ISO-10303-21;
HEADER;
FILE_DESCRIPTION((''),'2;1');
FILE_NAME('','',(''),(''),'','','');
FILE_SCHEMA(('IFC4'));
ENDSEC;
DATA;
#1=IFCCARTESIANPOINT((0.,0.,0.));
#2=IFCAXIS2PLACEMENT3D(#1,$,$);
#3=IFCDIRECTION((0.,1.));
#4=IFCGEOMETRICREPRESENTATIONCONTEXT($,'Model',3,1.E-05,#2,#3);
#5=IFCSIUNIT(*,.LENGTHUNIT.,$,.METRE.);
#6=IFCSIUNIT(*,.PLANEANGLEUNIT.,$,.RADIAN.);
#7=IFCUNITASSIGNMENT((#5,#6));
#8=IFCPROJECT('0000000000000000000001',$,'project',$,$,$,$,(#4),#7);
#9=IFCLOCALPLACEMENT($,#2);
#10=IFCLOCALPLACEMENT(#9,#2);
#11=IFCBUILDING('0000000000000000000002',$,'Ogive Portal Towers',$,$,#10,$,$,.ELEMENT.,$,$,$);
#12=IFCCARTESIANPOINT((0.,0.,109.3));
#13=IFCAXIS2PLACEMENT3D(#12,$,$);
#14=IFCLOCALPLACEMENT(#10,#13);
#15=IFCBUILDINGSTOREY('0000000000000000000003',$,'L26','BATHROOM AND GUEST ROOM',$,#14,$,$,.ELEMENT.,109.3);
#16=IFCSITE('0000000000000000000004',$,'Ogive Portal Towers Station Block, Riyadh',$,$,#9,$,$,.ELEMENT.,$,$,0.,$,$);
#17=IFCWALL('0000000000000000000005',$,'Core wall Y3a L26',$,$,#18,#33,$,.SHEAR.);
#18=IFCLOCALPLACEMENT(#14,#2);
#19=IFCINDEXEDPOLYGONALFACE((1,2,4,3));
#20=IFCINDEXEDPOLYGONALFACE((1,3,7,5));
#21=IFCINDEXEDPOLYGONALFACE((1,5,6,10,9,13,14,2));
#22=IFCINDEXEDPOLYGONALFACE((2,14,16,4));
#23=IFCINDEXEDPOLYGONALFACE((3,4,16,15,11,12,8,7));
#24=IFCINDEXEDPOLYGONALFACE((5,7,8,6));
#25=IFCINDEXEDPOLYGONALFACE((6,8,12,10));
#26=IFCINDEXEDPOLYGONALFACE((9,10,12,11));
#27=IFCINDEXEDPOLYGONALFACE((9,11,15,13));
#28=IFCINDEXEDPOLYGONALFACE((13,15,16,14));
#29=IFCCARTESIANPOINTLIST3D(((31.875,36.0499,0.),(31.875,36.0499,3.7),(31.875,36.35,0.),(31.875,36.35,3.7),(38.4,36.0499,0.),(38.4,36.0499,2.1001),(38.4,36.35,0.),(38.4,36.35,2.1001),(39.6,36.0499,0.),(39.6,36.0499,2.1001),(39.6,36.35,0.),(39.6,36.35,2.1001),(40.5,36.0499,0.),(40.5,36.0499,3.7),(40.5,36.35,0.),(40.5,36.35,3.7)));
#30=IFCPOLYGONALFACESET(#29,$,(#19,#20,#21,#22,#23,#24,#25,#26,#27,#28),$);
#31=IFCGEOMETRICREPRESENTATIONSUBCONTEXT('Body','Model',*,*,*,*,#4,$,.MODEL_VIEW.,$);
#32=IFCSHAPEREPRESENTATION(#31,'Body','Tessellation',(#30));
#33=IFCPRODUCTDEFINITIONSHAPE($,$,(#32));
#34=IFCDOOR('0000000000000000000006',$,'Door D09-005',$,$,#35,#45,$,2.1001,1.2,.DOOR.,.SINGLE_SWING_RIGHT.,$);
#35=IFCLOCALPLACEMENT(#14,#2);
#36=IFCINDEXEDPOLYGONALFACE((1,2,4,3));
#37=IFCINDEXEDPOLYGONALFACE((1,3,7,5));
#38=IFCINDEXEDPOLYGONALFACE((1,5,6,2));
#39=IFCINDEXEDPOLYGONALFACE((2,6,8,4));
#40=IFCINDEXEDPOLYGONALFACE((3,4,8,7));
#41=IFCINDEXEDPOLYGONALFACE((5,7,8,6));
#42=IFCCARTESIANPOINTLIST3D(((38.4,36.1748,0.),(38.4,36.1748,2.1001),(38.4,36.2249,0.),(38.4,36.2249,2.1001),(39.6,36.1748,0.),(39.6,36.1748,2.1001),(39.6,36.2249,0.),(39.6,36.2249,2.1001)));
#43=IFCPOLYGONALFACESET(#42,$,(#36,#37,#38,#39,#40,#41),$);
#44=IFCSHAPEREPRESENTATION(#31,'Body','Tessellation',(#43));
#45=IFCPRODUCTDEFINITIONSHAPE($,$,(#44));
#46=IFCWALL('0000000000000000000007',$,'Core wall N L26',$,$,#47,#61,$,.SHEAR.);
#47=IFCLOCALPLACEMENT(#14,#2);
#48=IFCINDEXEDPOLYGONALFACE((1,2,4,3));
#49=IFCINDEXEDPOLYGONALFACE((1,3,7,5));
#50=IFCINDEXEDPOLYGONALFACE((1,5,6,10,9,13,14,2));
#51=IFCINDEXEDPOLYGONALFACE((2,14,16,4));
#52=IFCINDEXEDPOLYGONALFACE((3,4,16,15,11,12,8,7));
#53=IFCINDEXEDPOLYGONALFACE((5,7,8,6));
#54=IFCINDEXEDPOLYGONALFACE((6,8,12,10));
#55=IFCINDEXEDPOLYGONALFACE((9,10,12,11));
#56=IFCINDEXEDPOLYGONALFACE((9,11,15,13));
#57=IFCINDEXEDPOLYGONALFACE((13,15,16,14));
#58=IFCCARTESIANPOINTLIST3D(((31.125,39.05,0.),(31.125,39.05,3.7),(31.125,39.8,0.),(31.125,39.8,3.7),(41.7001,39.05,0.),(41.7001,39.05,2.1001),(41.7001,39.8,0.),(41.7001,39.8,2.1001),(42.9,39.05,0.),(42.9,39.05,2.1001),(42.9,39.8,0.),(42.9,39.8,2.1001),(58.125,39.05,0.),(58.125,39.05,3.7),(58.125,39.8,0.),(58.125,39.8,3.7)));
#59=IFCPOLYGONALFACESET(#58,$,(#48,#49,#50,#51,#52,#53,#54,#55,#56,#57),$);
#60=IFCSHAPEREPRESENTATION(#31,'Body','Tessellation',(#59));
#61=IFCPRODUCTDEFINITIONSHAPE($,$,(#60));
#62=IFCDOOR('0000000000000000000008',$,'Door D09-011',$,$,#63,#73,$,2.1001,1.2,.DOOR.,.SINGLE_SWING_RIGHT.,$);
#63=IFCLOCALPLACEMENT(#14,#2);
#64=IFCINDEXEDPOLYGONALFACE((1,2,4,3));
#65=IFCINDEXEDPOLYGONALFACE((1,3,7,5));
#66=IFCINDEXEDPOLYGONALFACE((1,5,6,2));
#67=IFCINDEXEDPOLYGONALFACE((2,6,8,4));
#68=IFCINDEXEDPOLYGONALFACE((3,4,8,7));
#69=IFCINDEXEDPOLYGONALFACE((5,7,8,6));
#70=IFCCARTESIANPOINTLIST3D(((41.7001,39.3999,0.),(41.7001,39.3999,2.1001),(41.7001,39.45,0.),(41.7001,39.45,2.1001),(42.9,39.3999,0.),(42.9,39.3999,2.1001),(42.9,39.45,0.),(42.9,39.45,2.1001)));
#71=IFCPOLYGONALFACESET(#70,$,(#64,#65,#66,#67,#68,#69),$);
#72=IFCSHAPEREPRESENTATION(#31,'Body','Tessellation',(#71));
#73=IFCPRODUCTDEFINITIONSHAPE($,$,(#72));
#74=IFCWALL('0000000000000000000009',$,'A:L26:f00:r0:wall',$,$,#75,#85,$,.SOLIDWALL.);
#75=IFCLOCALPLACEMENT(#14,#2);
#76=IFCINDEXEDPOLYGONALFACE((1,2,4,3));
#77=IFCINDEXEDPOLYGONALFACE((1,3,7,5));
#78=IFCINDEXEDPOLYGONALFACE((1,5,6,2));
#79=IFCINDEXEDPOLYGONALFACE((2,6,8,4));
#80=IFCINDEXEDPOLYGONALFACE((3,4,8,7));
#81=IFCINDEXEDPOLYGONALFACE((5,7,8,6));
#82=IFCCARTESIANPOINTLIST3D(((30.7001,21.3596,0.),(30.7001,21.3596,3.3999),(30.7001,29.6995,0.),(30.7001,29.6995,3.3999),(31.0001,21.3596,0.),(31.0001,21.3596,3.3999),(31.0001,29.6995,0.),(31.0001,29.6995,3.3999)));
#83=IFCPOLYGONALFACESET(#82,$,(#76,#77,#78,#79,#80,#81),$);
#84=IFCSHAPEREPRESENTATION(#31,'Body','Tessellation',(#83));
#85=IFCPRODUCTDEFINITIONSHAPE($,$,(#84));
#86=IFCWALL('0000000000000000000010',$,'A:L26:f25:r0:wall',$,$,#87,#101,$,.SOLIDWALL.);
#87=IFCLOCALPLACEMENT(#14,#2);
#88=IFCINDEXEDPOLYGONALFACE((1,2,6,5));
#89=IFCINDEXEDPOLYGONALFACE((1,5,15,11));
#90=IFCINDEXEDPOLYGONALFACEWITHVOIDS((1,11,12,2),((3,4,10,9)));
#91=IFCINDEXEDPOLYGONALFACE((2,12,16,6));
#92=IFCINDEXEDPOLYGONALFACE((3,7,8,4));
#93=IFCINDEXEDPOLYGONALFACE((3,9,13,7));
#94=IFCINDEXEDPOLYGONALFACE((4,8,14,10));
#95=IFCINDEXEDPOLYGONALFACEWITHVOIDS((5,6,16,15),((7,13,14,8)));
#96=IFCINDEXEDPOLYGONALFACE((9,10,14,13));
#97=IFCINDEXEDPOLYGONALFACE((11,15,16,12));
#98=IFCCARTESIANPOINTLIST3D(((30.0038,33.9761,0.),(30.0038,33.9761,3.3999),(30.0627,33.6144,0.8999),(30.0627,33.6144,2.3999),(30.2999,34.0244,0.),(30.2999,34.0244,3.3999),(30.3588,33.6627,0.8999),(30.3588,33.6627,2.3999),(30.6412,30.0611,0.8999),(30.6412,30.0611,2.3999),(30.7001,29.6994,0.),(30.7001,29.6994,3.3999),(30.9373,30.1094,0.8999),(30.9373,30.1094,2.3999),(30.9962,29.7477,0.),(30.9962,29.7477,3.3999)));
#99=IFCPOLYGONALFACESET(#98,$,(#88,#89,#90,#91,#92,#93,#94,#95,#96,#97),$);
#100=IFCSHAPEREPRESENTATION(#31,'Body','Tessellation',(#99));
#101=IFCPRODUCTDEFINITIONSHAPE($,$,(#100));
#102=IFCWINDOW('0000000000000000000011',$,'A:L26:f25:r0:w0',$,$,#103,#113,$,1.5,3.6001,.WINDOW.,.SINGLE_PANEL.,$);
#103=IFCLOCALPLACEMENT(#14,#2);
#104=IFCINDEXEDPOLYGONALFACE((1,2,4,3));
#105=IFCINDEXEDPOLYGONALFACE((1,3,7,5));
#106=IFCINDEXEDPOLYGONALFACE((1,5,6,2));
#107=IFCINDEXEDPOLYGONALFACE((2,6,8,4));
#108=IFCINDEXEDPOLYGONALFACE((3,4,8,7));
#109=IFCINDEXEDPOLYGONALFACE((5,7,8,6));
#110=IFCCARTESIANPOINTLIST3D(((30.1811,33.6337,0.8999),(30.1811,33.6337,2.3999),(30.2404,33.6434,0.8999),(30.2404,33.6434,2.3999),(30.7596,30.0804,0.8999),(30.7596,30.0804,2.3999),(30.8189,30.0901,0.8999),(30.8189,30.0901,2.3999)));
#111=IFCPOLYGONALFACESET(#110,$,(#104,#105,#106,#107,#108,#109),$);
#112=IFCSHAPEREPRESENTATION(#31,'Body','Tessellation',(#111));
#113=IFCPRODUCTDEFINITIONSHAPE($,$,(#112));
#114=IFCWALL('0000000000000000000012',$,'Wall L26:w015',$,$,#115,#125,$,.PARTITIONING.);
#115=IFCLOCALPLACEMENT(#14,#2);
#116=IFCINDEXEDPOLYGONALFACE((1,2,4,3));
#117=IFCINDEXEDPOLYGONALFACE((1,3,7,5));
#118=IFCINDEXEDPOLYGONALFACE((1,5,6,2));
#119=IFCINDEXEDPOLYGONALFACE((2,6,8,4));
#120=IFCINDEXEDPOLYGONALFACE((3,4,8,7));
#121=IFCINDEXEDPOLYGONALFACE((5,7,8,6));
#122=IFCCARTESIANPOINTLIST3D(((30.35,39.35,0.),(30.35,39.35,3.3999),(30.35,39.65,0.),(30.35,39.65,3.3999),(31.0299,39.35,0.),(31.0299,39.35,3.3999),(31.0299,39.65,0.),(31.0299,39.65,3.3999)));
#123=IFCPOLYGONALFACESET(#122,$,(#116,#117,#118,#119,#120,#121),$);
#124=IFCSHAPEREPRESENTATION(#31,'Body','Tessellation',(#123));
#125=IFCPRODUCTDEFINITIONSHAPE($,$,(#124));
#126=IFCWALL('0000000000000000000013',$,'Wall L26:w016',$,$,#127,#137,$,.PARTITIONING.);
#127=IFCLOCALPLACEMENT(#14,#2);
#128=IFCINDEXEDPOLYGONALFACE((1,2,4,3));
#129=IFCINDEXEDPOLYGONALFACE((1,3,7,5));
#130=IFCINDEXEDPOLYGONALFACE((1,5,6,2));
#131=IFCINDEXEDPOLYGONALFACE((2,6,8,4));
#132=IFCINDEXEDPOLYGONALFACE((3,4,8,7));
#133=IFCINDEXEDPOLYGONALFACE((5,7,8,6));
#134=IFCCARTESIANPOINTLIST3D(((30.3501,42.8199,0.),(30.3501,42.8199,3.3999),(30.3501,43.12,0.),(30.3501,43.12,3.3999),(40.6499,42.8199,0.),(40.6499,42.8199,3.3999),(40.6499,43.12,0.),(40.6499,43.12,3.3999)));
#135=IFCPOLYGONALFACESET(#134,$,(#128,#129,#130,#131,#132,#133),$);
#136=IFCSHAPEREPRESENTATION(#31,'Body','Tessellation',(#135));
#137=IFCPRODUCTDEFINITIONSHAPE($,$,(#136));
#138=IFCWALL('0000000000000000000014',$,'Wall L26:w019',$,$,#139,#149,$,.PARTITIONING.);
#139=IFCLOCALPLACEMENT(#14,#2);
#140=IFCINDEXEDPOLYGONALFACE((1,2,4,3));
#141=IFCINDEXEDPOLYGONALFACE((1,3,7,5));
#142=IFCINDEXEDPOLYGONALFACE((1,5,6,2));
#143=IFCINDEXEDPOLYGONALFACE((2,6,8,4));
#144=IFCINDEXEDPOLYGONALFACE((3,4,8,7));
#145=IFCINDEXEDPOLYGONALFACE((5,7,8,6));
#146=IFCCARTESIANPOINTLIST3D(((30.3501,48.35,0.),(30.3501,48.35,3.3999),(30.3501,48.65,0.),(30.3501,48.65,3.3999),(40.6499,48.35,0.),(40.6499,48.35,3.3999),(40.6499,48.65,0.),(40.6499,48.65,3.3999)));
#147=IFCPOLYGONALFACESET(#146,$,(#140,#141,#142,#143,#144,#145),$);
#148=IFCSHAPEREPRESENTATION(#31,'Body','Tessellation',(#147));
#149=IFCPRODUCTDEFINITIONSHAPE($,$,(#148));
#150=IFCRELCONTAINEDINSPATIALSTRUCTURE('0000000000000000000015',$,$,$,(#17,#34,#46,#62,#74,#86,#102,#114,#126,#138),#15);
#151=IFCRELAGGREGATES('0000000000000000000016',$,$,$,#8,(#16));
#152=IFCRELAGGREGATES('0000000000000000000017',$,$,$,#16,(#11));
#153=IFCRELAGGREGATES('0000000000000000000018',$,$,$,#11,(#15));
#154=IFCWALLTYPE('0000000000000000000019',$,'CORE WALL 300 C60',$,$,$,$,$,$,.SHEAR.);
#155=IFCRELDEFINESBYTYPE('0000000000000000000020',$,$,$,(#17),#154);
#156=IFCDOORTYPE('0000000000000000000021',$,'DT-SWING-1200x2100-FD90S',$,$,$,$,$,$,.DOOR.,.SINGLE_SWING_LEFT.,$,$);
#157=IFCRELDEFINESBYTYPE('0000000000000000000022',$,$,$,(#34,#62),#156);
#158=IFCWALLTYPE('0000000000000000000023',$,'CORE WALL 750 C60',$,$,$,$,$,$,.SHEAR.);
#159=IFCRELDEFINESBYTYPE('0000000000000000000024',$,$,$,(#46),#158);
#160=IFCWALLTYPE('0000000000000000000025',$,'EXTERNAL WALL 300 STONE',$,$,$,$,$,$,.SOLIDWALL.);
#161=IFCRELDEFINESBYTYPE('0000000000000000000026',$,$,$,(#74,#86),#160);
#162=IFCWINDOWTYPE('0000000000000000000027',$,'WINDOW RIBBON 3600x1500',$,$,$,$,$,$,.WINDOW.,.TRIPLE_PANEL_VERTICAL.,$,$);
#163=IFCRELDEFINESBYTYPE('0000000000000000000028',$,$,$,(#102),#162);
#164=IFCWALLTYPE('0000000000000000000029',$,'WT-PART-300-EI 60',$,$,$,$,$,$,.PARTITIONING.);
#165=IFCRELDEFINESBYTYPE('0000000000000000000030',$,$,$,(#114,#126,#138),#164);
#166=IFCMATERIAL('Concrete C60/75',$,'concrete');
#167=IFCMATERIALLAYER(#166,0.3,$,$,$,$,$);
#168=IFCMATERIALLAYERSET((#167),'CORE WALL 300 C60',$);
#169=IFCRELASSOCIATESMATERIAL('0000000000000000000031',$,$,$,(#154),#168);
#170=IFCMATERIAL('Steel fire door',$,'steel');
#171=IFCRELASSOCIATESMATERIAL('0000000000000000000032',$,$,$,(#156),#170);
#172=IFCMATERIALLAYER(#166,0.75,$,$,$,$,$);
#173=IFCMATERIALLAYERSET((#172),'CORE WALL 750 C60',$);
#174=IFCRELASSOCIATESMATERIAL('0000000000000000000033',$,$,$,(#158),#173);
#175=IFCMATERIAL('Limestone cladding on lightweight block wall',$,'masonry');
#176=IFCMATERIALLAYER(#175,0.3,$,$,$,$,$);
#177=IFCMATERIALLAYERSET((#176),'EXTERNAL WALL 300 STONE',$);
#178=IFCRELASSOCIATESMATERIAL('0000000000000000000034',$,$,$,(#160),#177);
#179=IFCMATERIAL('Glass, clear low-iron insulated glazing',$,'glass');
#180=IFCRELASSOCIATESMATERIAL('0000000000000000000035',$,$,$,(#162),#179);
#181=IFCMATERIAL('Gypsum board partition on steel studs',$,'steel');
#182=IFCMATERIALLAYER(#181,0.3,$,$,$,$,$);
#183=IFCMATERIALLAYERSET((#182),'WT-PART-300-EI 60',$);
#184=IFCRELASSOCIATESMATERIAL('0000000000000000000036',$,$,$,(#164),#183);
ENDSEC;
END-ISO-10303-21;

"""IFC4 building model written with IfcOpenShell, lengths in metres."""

from ifc_helpers import new_model, si_unit, direction, frame, frame_2d, origin, place, context, subcontext, project, spatial, rectangle, extrude, material, layer, layer_set, type_object, element, fill, save


model = new_model("IFC4")

# Units and contexts
model_context = context("Model", 3, precision=1e-05, world=origin(), true_north=direction((0.0, 1.0)))
body_context = subcontext(model_context, "Body", "Model", "MODEL_VIEW")
ifc_project = project(units=[si_unit("LENGTHUNIT", "METRE"), si_unit("PLANEANGLEUNIT", "RADIAN")], contexts=[model_context])

# Site, building, storey
site_placement = place(None, origin())
site = spatial("IfcSite", under=ifc_project, at=site_placement, Name="Ogive Portal Towers Station Block, Riyadh", CompositionType="ELEMENT", RefElevation=0.0)
building_placement = place(site_placement, origin())
building = spatial("IfcBuilding", under=site, at=building_placement, Name="Ogive Portal Towers", CompositionType="ELEMENT")
storey_placement = place(building_placement, frame((0.0, 0.0, 109.3)))
storey = spatial("IfcBuildingStorey", under=building, at=storey_placement, Name="L26", Description="BATHROOM AND GUEST ROOM", CompositionType="ELEMENT", Elevation=109.3)

# Shared definitions
ifc_material_1 = material(Name="Concrete C60/75", Category="concrete")

# Shared definitions
ifc_layer_1 = layer(ifc_material_1, 0.3)
ifc_layer_set_1 = layer_set([ifc_layer_1], Name="CORE WALL 300 C60")
wall_type_1 = type_object("IfcWallType", Name="CORE WALL 300 C60", PredefinedType="SHEAR", material=ifc_layer_set_1)
ifc_material_2 = material(Name="Steel fire door", Category="steel")
door_type_1 = type_object("IfcDoorType", Name="DT-SWING-1200x2100-FD90S", OperationType="SINGLE_SWING_LEFT", PredefinedType="DOOR", material=ifc_material_2)

# Walls, openings, doors
wall_1_placement = place(storey_placement, frame((31.875, 36.2, 0.0), z_axis=(0.0, 0.0, 1.0), x_axis=(1.0, 0.0, 0.0)))
wall_1 = element("IfcWall", 1, at=wall_1_placement, inside=storey, type_object=wall_type_1, Name="Core wall Y3a L26", PredefinedType="SHEAR", context=body_context, shape_type="SweptSolid", body=[
    extrude(rectangle(XDim=8.625, YDim=0.3, at=frame_2d((4.3125, 0.0))), origin(), (0.0, 0.0, 1.0), 3.7),
])
opening_1_placement = place(wall_1_placement, frame((6.5249, 0.0, 0.0)))
opening_1 = element("IfcOpeningElement", 2, at=opening_1_placement, cuts=wall_1, PredefinedType="OPENING", context=body_context, shape_type="SweptSolid", body=[
    extrude(rectangle(XDim=1.2, YDim=2.1001, at=frame_2d((0.6001, 1.05))), frame((0.0, 0.1602, 0.0), z_axis=(0.0, -1.0, 0.0), x_axis=(1.0, 0.0, 0.0)), (0.0, 0.0, 1.0), 0.3201),
])
door_1_placement = place(opening_1_placement, origin())
door_1 = element("IfcDoor", 3, at=door_1_placement, inside=storey, type_object=door_type_1, Name="Door D09-005", OperationType="SINGLE_SWING_RIGHT", OverallHeight=2.1001, OverallWidth=1.2, PredefinedType="DOOR", context=body_context, shape_type="SweptSolid", body=[
    extrude(rectangle(XDim=1.2, YDim=2.1001, at=frame_2d((0.6001, 1.05))), frame((0.0, 0.0249, 0.0), z_axis=(0.0, -1.0, 0.0), x_axis=(1.0, 0.0, 0.0)), (0.0, 0.0, 1.0), 0.05),
])
fill(opening_1, door_1)
ifc_layer_2 = layer(ifc_material_1, 0.75)
ifc_layer_set_2 = layer_set([ifc_layer_2], Name="CORE WALL 750 C60")
wall_type_2 = type_object("IfcWallType", Name="CORE WALL 750 C60", PredefinedType="SHEAR", material=ifc_layer_set_2)
wall_2_placement = place(storey_placement, frame((31.125, 39.425, 0.0), z_axis=(0.0, 0.0, 1.0), x_axis=(1.0, 0.0, 0.0)))
wall_2 = element("IfcWall", 4, at=wall_2_placement, inside=storey, type_object=wall_type_2, Name="Core wall N L26", PredefinedType="SHEAR", context=body_context, shape_type="SweptSolid", body=[
    extrude(rectangle(XDim=27.0, YDim=0.75, at=frame_2d((13.5, 0.0))), origin(), (0.0, 0.0, 1.0), 3.7),
])
opening_2_placement = place(wall_2_placement, frame((10.575, 0.0, 0.0)))
opening_2 = element("IfcOpeningElement", 5, at=opening_2_placement, cuts=wall_2, PredefinedType="OPENING", context=body_context, shape_type="SweptSolid", body=[
    extrude(rectangle(XDim=1.2, YDim=2.1001, at=frame_2d((0.6001, 1.05))), frame((0.0, 0.385, 0.0), z_axis=(0.0, -1.0, 0.0), x_axis=(1.0, 0.0, 0.0)), (0.0, 0.0, 1.0), 0.77),
])
door_2_placement = place(opening_2_placement, origin())
door_2 = element("IfcDoor", 6, at=door_2_placement, inside=storey, type_object=door_type_1, Name="Door D09-011", OperationType="SINGLE_SWING_RIGHT", OverallHeight=2.1001, OverallWidth=1.2, PredefinedType="DOOR", context=body_context, shape_type="SweptSolid", body=[
    extrude(rectangle(XDim=1.2, YDim=2.1001, at=frame_2d((0.6001, 1.05))), frame((0.0, 0.0249, 0.0), z_axis=(0.0, -1.0, 0.0), x_axis=(1.0, 0.0, 0.0)), (0.0, 0.0, 1.0), 0.05),
])
fill(opening_2, door_2)

# Wall
ifc_material_3 = material(Name="Limestone cladding on lightweight block wall", Category="masonry")
ifc_layer_3 = layer(ifc_material_3, 0.3)
ifc_layer_set_3 = layer_set([ifc_layer_3], Name="EXTERNAL WALL 300 STONE")
wall_type_3 = type_object("IfcWallType", Name="EXTERNAL WALL 300 STONE", PredefinedType="SOLIDWALL", material=ifc_layer_set_3)
wall_3_placement = place(storey_placement, frame((30.8501, 29.6995, 0.0), z_axis=(0.0, 0.0, 1.0), x_axis=(0.0, -1.0, 0.0)))
element("IfcWall", 7, at=wall_3_placement, inside=storey, type_object=wall_type_3, Name="A:L26:f00:r0:wall", PredefinedType="SOLIDWALL", context=body_context, shape_type="SweptSolid", body=[
    extrude(rectangle(XDim=8.3398, YDim=0.3, at=frame_2d((4.1699, 0.0))), origin(), (0.0, 0.0, 1.0), 3.3999),
])

# Wall, opening, window
wall_4_placement = place(storey_placement, frame((30.1519, 34.0002, 0.0), z_axis=(0.0, 0.0, 1.0), x_axis=(0.160697, -0.987004, 0.0)))
wall_4 = element("IfcWall", 8, at=wall_4_placement, inside=storey, type_object=wall_type_3, Name="A:L26:f25:r0:wall", PredefinedType="SOLIDWALL", context=body_context, shape_type="SweptSolid", body=[
    extrude(rectangle(XDim=4.333, YDim=0.3, at=frame_2d((2.1665, 0.0))), origin(), (0.0, 0.0, 1.0), 3.3999),
])
opening_3_placement = place(wall_4_placement, frame((0.3665, 0.0, 0.8999)))
opening_3 = element("IfcOpeningElement", 9, at=opening_3_placement, cuts=wall_4, PredefinedType="OPENING", context=body_context, shape_type="SweptSolid", body=[
    extrude(rectangle(XDim=3.6001, YDim=1.5, at=frame_2d((1.8, 0.75))), frame((0.0, 0.1602, 0.0), z_axis=(0.0, -1.0, 0.0), x_axis=(1.0, 0.0, 0.0)), (0.0, 0.0, 1.0), 0.3201),
])
ifc_material_4 = material(Name="Glass, clear low-iron insulated glazing", Category="glass")
window_type = type_object("IfcWindowType", Name="WINDOW RIBBON 3600x1500", PartitioningType="TRIPLE_PANEL_VERTICAL", PredefinedType="WINDOW", material=ifc_material_4)
window_placement = place(opening_3_placement, origin())
window = element("IfcWindow", 10, at=window_placement, inside=storey, type_object=window_type, Name="A:L26:f25:r0:w0", OverallHeight=1.5, OverallWidth=3.6001, PartitioningType="SINGLE_PANEL", PredefinedType="WINDOW", context=body_context, shape_type="SweptSolid", body=[
    extrude(rectangle(XDim=3.6001, YDim=1.5, at=frame_2d((1.8, 0.75))), frame((0.0, 0.03, 0.0), z_axis=(0.0, -1.0, 0.0), x_axis=(1.0, 0.0, 0.0)), (0.0, 0.0, 1.0), 0.0601),
])
fill(opening_3, window)

# Walls
ifc_material_5 = material(Name="Gypsum board partition on steel studs", Category="steel")
ifc_layer_4 = layer(ifc_material_5, 0.3)
ifc_layer_set_4 = layer_set([ifc_layer_4], Name="WT-PART-300-EI 60")
wall_type_4 = type_object("IfcWallType", Name="WT-PART-300-EI 60", PredefinedType="PARTITIONING", material=ifc_layer_set_4)
wall_5_placement = place(storey_placement, frame((30.3501, 39.5, 0.0), z_axis=(0.0, 0.0, 1.0), x_axis=(1.0, 0.0, 0.0)))
element("IfcWall", 11, at=wall_5_placement, inside=storey, type_object=wall_type_4, Name="Wall L26:w015", PredefinedType="PARTITIONING", context=body_context, shape_type="SweptSolid", body=[
    extrude(rectangle(XDim=0.6799, YDim=0.3, at=frame_2d((0.3398, 0.0))), origin(), (0.0, 0.0, 1.0), 3.3999),
])
for number, where, z_axis, x_axis, name in (
    (12, (30.3501, 42.97, 0.0), (0.0, 0.0, 1.0), (1.0, 0.0, 0.0), "Wall L26:w016"),
    (13, (30.3501, 48.5, 0.0), (0.0, 0.0, 1.0), (1.0, 0.0, 0.0), "Wall L26:w019"),
):
    element("IfcWall", number, at=place(storey_placement, frame(where, z_axis=z_axis, x_axis=x_axis)), inside=storey, type_object=wall_type_4, Name=name, PredefinedType="PARTITIONING", context=body_context, shape_type="SweptSolid", body=[
        extrude(rectangle(XDim=10.2998, YDim=0.3, at=frame_2d((5.1499, 0.0))), origin(), (0.0, 0.0, 1.0), 3.3999),
    ])

save(model, "model.ifc")
